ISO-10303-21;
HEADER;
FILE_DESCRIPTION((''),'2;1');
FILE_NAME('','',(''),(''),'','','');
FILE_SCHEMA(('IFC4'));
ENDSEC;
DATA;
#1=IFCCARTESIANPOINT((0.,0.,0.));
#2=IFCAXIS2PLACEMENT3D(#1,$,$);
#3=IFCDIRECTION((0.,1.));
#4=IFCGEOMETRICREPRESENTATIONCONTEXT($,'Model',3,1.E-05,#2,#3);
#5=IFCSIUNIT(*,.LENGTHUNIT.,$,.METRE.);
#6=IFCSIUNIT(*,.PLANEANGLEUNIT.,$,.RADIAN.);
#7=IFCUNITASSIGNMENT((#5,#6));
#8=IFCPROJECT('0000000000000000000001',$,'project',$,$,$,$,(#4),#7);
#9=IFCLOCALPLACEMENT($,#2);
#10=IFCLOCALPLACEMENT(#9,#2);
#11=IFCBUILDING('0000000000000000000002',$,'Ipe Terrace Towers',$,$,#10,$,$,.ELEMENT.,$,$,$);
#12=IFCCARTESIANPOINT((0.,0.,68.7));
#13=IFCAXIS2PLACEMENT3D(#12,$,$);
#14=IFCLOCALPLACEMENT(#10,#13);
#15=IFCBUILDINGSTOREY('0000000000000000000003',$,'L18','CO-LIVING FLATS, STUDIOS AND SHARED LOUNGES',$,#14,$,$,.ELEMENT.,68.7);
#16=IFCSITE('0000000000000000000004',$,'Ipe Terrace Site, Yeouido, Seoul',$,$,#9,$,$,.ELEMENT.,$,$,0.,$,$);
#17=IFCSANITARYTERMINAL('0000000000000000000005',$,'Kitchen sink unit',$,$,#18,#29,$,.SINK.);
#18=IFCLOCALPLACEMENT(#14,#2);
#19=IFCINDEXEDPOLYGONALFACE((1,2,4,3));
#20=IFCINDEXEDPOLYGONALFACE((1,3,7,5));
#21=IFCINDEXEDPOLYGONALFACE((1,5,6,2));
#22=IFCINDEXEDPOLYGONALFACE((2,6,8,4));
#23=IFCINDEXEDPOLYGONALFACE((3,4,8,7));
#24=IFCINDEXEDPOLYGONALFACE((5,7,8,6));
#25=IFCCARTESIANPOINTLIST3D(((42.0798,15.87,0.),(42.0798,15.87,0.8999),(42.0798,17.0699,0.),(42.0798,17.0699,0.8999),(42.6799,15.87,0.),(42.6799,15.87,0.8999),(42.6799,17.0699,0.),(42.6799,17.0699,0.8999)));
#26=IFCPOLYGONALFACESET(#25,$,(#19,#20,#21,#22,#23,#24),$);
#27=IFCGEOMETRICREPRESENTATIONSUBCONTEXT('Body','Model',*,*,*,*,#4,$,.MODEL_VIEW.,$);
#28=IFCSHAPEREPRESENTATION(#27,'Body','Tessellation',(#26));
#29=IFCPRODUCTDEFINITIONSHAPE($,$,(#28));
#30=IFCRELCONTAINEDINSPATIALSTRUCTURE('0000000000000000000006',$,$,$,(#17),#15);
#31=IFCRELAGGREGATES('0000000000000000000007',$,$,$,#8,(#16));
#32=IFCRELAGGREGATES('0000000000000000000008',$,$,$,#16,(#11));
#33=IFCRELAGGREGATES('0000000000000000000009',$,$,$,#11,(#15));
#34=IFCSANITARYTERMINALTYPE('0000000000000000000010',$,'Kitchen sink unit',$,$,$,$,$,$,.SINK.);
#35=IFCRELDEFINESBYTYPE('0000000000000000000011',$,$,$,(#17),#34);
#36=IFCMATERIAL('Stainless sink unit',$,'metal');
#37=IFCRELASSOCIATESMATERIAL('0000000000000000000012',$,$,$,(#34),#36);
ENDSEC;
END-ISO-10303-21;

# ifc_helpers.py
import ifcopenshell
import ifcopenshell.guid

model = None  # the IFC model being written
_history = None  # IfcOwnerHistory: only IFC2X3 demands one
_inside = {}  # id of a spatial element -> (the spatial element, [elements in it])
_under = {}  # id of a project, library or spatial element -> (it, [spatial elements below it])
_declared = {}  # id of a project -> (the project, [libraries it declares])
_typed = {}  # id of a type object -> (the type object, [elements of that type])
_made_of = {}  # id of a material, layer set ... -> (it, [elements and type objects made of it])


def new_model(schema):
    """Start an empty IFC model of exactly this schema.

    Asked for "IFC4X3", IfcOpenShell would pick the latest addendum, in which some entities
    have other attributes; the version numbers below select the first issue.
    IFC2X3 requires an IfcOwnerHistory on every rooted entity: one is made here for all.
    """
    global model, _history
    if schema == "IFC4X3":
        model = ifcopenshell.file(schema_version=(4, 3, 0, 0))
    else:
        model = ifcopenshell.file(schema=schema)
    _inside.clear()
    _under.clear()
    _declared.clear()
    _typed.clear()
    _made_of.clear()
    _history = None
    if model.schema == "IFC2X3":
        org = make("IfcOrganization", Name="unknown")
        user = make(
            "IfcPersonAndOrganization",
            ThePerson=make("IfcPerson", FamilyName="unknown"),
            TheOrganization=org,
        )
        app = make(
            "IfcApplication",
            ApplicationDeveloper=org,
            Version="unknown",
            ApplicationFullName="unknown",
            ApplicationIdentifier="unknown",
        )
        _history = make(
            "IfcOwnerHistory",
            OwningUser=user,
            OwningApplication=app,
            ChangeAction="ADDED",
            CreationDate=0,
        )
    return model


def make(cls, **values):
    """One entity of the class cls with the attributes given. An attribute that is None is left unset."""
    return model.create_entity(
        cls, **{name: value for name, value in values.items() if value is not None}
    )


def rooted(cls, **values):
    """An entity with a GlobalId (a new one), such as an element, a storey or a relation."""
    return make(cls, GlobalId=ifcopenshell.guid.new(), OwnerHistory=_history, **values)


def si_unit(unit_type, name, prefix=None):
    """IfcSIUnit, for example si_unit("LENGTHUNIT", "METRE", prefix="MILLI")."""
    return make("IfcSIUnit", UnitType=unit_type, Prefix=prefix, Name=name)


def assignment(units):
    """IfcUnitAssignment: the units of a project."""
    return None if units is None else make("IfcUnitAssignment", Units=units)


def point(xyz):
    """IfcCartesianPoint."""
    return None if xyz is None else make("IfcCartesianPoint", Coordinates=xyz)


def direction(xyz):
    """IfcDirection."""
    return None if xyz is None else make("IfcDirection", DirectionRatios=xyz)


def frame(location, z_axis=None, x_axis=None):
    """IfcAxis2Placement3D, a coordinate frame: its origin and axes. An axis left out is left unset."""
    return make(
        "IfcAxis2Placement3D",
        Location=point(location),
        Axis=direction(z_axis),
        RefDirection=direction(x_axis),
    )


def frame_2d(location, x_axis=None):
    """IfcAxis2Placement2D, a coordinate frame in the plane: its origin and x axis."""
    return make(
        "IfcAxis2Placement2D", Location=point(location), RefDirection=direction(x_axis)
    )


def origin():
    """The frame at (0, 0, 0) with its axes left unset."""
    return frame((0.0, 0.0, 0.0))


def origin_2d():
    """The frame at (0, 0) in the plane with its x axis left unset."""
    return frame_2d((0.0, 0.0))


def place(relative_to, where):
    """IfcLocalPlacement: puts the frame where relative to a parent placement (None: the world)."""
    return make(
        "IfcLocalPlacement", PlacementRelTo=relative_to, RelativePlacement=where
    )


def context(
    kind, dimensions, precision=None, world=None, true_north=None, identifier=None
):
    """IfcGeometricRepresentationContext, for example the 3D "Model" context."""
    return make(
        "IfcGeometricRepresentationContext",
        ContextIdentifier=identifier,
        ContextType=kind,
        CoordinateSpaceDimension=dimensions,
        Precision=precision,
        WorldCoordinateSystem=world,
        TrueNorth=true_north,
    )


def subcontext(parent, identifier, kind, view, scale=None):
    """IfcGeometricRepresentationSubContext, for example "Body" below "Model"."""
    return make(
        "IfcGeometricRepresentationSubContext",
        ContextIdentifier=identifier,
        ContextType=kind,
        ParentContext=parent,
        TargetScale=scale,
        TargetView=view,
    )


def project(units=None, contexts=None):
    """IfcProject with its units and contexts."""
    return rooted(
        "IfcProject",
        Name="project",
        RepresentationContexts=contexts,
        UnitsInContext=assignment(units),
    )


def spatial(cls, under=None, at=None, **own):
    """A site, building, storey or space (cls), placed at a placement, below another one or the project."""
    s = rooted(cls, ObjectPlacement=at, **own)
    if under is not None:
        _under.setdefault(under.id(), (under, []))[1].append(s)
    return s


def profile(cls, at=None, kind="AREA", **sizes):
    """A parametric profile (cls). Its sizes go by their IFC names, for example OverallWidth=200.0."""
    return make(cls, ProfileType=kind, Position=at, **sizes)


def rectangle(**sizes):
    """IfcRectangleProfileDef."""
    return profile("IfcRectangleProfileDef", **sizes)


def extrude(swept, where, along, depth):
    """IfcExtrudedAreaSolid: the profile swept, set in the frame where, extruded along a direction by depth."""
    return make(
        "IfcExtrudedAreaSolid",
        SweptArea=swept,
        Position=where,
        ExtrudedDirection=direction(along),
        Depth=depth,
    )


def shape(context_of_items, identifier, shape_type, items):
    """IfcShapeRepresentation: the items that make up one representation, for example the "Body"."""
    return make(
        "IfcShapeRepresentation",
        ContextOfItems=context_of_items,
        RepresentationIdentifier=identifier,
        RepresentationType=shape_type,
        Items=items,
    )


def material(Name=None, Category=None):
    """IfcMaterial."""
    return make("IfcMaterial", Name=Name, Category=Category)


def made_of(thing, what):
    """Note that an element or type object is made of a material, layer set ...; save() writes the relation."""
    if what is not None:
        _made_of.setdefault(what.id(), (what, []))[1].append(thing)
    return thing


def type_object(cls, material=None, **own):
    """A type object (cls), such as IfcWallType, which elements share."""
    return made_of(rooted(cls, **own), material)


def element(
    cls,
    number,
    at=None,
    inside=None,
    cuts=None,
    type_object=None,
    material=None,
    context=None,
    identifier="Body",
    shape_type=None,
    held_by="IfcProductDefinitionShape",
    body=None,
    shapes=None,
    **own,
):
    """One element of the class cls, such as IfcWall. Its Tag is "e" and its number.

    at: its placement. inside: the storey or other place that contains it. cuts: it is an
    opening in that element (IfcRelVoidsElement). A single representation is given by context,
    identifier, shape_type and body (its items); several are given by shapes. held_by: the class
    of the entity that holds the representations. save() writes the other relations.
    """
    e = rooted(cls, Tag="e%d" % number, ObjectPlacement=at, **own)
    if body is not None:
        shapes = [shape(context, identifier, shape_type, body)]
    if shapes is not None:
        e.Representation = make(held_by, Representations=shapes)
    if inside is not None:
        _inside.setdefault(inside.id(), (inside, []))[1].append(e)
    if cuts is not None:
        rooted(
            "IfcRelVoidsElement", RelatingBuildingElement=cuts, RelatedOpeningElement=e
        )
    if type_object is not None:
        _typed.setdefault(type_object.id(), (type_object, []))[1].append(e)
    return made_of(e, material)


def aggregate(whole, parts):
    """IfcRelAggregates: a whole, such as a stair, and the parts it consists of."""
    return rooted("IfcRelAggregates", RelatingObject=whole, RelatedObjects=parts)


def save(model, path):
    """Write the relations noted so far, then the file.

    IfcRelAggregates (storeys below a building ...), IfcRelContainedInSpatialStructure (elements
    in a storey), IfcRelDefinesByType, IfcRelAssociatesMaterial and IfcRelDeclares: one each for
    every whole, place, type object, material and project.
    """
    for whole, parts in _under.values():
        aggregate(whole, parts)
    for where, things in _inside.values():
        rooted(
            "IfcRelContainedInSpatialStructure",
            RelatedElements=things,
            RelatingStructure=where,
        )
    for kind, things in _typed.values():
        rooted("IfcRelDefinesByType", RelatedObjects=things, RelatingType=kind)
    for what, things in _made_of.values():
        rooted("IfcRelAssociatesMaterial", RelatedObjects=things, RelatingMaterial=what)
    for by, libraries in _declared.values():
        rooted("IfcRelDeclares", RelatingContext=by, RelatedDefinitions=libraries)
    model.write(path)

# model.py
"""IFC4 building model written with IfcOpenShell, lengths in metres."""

from ifc_helpers import new_model, si_unit, direction, frame, origin, origin_2d, place, context, subcontext, project, spatial, rectangle, extrude, material, type_object, element, save


model = new_model("IFC4")

# Units and contexts
model_context = context("Model", 3, precision=1e-05, world=origin(), true_north=direction((0.0, 1.0)))
body_context = subcontext(model_context, "Body", "Model", "MODEL_VIEW")
ifc_project = project(units=[si_unit("LENGTHUNIT", "METRE"), si_unit("PLANEANGLEUNIT", "RADIAN")], contexts=[model_context])

# Site, building, storey
site_placement = place(None, origin())
site = spatial("IfcSite", under=ifc_project, at=site_placement, Name="Ipe Terrace Site, Yeouido, Seoul", CompositionType="ELEMENT", RefElevation=0.0)
building_placement = place(site_placement, origin())
building = spatial("IfcBuilding", under=site, at=building_placement, Name="Ipe Terrace Towers", CompositionType="ELEMENT")
storey_placement = place(building_placement, frame((0.0, 0.0, 68.7)))
storey = spatial("IfcBuildingStorey", under=building, at=storey_placement, Name="L18", Description="CO-LIVING FLATS, STUDIOS AND SHARED LOUNGES", CompositionType="ELEMENT", Elevation=68.7)

# Sanitary terminal
ifc_material_1 = material(Name="Stainless sink unit", Category="metal")
sanitary_terminal_type = type_object("IfcSanitaryTerminalType", Name="Kitchen sink unit", PredefinedType="SINK", material=ifc_material_1)
sanitary_terminal_placement = place(storey_placement, frame((42.3799, 16.47, 0.0), z_axis=(0.0, 0.0, 1.0), x_axis=(0.0, -1.0, 0.0)))
element("IfcSanitaryTerminal", 1, at=sanitary_terminal_placement, inside=storey, type_object=sanitary_terminal_type, Name="Kitchen sink unit", PredefinedType="SINK", context=body_context, shape_type="SweptSolid", body=[
    extrude(rectangle(XDim=1.2, YDim=0.6001, at=origin_2d()), origin(), (0.0, 0.0, 1.0), 0.8999),
])

save(model, "model.ifc")
